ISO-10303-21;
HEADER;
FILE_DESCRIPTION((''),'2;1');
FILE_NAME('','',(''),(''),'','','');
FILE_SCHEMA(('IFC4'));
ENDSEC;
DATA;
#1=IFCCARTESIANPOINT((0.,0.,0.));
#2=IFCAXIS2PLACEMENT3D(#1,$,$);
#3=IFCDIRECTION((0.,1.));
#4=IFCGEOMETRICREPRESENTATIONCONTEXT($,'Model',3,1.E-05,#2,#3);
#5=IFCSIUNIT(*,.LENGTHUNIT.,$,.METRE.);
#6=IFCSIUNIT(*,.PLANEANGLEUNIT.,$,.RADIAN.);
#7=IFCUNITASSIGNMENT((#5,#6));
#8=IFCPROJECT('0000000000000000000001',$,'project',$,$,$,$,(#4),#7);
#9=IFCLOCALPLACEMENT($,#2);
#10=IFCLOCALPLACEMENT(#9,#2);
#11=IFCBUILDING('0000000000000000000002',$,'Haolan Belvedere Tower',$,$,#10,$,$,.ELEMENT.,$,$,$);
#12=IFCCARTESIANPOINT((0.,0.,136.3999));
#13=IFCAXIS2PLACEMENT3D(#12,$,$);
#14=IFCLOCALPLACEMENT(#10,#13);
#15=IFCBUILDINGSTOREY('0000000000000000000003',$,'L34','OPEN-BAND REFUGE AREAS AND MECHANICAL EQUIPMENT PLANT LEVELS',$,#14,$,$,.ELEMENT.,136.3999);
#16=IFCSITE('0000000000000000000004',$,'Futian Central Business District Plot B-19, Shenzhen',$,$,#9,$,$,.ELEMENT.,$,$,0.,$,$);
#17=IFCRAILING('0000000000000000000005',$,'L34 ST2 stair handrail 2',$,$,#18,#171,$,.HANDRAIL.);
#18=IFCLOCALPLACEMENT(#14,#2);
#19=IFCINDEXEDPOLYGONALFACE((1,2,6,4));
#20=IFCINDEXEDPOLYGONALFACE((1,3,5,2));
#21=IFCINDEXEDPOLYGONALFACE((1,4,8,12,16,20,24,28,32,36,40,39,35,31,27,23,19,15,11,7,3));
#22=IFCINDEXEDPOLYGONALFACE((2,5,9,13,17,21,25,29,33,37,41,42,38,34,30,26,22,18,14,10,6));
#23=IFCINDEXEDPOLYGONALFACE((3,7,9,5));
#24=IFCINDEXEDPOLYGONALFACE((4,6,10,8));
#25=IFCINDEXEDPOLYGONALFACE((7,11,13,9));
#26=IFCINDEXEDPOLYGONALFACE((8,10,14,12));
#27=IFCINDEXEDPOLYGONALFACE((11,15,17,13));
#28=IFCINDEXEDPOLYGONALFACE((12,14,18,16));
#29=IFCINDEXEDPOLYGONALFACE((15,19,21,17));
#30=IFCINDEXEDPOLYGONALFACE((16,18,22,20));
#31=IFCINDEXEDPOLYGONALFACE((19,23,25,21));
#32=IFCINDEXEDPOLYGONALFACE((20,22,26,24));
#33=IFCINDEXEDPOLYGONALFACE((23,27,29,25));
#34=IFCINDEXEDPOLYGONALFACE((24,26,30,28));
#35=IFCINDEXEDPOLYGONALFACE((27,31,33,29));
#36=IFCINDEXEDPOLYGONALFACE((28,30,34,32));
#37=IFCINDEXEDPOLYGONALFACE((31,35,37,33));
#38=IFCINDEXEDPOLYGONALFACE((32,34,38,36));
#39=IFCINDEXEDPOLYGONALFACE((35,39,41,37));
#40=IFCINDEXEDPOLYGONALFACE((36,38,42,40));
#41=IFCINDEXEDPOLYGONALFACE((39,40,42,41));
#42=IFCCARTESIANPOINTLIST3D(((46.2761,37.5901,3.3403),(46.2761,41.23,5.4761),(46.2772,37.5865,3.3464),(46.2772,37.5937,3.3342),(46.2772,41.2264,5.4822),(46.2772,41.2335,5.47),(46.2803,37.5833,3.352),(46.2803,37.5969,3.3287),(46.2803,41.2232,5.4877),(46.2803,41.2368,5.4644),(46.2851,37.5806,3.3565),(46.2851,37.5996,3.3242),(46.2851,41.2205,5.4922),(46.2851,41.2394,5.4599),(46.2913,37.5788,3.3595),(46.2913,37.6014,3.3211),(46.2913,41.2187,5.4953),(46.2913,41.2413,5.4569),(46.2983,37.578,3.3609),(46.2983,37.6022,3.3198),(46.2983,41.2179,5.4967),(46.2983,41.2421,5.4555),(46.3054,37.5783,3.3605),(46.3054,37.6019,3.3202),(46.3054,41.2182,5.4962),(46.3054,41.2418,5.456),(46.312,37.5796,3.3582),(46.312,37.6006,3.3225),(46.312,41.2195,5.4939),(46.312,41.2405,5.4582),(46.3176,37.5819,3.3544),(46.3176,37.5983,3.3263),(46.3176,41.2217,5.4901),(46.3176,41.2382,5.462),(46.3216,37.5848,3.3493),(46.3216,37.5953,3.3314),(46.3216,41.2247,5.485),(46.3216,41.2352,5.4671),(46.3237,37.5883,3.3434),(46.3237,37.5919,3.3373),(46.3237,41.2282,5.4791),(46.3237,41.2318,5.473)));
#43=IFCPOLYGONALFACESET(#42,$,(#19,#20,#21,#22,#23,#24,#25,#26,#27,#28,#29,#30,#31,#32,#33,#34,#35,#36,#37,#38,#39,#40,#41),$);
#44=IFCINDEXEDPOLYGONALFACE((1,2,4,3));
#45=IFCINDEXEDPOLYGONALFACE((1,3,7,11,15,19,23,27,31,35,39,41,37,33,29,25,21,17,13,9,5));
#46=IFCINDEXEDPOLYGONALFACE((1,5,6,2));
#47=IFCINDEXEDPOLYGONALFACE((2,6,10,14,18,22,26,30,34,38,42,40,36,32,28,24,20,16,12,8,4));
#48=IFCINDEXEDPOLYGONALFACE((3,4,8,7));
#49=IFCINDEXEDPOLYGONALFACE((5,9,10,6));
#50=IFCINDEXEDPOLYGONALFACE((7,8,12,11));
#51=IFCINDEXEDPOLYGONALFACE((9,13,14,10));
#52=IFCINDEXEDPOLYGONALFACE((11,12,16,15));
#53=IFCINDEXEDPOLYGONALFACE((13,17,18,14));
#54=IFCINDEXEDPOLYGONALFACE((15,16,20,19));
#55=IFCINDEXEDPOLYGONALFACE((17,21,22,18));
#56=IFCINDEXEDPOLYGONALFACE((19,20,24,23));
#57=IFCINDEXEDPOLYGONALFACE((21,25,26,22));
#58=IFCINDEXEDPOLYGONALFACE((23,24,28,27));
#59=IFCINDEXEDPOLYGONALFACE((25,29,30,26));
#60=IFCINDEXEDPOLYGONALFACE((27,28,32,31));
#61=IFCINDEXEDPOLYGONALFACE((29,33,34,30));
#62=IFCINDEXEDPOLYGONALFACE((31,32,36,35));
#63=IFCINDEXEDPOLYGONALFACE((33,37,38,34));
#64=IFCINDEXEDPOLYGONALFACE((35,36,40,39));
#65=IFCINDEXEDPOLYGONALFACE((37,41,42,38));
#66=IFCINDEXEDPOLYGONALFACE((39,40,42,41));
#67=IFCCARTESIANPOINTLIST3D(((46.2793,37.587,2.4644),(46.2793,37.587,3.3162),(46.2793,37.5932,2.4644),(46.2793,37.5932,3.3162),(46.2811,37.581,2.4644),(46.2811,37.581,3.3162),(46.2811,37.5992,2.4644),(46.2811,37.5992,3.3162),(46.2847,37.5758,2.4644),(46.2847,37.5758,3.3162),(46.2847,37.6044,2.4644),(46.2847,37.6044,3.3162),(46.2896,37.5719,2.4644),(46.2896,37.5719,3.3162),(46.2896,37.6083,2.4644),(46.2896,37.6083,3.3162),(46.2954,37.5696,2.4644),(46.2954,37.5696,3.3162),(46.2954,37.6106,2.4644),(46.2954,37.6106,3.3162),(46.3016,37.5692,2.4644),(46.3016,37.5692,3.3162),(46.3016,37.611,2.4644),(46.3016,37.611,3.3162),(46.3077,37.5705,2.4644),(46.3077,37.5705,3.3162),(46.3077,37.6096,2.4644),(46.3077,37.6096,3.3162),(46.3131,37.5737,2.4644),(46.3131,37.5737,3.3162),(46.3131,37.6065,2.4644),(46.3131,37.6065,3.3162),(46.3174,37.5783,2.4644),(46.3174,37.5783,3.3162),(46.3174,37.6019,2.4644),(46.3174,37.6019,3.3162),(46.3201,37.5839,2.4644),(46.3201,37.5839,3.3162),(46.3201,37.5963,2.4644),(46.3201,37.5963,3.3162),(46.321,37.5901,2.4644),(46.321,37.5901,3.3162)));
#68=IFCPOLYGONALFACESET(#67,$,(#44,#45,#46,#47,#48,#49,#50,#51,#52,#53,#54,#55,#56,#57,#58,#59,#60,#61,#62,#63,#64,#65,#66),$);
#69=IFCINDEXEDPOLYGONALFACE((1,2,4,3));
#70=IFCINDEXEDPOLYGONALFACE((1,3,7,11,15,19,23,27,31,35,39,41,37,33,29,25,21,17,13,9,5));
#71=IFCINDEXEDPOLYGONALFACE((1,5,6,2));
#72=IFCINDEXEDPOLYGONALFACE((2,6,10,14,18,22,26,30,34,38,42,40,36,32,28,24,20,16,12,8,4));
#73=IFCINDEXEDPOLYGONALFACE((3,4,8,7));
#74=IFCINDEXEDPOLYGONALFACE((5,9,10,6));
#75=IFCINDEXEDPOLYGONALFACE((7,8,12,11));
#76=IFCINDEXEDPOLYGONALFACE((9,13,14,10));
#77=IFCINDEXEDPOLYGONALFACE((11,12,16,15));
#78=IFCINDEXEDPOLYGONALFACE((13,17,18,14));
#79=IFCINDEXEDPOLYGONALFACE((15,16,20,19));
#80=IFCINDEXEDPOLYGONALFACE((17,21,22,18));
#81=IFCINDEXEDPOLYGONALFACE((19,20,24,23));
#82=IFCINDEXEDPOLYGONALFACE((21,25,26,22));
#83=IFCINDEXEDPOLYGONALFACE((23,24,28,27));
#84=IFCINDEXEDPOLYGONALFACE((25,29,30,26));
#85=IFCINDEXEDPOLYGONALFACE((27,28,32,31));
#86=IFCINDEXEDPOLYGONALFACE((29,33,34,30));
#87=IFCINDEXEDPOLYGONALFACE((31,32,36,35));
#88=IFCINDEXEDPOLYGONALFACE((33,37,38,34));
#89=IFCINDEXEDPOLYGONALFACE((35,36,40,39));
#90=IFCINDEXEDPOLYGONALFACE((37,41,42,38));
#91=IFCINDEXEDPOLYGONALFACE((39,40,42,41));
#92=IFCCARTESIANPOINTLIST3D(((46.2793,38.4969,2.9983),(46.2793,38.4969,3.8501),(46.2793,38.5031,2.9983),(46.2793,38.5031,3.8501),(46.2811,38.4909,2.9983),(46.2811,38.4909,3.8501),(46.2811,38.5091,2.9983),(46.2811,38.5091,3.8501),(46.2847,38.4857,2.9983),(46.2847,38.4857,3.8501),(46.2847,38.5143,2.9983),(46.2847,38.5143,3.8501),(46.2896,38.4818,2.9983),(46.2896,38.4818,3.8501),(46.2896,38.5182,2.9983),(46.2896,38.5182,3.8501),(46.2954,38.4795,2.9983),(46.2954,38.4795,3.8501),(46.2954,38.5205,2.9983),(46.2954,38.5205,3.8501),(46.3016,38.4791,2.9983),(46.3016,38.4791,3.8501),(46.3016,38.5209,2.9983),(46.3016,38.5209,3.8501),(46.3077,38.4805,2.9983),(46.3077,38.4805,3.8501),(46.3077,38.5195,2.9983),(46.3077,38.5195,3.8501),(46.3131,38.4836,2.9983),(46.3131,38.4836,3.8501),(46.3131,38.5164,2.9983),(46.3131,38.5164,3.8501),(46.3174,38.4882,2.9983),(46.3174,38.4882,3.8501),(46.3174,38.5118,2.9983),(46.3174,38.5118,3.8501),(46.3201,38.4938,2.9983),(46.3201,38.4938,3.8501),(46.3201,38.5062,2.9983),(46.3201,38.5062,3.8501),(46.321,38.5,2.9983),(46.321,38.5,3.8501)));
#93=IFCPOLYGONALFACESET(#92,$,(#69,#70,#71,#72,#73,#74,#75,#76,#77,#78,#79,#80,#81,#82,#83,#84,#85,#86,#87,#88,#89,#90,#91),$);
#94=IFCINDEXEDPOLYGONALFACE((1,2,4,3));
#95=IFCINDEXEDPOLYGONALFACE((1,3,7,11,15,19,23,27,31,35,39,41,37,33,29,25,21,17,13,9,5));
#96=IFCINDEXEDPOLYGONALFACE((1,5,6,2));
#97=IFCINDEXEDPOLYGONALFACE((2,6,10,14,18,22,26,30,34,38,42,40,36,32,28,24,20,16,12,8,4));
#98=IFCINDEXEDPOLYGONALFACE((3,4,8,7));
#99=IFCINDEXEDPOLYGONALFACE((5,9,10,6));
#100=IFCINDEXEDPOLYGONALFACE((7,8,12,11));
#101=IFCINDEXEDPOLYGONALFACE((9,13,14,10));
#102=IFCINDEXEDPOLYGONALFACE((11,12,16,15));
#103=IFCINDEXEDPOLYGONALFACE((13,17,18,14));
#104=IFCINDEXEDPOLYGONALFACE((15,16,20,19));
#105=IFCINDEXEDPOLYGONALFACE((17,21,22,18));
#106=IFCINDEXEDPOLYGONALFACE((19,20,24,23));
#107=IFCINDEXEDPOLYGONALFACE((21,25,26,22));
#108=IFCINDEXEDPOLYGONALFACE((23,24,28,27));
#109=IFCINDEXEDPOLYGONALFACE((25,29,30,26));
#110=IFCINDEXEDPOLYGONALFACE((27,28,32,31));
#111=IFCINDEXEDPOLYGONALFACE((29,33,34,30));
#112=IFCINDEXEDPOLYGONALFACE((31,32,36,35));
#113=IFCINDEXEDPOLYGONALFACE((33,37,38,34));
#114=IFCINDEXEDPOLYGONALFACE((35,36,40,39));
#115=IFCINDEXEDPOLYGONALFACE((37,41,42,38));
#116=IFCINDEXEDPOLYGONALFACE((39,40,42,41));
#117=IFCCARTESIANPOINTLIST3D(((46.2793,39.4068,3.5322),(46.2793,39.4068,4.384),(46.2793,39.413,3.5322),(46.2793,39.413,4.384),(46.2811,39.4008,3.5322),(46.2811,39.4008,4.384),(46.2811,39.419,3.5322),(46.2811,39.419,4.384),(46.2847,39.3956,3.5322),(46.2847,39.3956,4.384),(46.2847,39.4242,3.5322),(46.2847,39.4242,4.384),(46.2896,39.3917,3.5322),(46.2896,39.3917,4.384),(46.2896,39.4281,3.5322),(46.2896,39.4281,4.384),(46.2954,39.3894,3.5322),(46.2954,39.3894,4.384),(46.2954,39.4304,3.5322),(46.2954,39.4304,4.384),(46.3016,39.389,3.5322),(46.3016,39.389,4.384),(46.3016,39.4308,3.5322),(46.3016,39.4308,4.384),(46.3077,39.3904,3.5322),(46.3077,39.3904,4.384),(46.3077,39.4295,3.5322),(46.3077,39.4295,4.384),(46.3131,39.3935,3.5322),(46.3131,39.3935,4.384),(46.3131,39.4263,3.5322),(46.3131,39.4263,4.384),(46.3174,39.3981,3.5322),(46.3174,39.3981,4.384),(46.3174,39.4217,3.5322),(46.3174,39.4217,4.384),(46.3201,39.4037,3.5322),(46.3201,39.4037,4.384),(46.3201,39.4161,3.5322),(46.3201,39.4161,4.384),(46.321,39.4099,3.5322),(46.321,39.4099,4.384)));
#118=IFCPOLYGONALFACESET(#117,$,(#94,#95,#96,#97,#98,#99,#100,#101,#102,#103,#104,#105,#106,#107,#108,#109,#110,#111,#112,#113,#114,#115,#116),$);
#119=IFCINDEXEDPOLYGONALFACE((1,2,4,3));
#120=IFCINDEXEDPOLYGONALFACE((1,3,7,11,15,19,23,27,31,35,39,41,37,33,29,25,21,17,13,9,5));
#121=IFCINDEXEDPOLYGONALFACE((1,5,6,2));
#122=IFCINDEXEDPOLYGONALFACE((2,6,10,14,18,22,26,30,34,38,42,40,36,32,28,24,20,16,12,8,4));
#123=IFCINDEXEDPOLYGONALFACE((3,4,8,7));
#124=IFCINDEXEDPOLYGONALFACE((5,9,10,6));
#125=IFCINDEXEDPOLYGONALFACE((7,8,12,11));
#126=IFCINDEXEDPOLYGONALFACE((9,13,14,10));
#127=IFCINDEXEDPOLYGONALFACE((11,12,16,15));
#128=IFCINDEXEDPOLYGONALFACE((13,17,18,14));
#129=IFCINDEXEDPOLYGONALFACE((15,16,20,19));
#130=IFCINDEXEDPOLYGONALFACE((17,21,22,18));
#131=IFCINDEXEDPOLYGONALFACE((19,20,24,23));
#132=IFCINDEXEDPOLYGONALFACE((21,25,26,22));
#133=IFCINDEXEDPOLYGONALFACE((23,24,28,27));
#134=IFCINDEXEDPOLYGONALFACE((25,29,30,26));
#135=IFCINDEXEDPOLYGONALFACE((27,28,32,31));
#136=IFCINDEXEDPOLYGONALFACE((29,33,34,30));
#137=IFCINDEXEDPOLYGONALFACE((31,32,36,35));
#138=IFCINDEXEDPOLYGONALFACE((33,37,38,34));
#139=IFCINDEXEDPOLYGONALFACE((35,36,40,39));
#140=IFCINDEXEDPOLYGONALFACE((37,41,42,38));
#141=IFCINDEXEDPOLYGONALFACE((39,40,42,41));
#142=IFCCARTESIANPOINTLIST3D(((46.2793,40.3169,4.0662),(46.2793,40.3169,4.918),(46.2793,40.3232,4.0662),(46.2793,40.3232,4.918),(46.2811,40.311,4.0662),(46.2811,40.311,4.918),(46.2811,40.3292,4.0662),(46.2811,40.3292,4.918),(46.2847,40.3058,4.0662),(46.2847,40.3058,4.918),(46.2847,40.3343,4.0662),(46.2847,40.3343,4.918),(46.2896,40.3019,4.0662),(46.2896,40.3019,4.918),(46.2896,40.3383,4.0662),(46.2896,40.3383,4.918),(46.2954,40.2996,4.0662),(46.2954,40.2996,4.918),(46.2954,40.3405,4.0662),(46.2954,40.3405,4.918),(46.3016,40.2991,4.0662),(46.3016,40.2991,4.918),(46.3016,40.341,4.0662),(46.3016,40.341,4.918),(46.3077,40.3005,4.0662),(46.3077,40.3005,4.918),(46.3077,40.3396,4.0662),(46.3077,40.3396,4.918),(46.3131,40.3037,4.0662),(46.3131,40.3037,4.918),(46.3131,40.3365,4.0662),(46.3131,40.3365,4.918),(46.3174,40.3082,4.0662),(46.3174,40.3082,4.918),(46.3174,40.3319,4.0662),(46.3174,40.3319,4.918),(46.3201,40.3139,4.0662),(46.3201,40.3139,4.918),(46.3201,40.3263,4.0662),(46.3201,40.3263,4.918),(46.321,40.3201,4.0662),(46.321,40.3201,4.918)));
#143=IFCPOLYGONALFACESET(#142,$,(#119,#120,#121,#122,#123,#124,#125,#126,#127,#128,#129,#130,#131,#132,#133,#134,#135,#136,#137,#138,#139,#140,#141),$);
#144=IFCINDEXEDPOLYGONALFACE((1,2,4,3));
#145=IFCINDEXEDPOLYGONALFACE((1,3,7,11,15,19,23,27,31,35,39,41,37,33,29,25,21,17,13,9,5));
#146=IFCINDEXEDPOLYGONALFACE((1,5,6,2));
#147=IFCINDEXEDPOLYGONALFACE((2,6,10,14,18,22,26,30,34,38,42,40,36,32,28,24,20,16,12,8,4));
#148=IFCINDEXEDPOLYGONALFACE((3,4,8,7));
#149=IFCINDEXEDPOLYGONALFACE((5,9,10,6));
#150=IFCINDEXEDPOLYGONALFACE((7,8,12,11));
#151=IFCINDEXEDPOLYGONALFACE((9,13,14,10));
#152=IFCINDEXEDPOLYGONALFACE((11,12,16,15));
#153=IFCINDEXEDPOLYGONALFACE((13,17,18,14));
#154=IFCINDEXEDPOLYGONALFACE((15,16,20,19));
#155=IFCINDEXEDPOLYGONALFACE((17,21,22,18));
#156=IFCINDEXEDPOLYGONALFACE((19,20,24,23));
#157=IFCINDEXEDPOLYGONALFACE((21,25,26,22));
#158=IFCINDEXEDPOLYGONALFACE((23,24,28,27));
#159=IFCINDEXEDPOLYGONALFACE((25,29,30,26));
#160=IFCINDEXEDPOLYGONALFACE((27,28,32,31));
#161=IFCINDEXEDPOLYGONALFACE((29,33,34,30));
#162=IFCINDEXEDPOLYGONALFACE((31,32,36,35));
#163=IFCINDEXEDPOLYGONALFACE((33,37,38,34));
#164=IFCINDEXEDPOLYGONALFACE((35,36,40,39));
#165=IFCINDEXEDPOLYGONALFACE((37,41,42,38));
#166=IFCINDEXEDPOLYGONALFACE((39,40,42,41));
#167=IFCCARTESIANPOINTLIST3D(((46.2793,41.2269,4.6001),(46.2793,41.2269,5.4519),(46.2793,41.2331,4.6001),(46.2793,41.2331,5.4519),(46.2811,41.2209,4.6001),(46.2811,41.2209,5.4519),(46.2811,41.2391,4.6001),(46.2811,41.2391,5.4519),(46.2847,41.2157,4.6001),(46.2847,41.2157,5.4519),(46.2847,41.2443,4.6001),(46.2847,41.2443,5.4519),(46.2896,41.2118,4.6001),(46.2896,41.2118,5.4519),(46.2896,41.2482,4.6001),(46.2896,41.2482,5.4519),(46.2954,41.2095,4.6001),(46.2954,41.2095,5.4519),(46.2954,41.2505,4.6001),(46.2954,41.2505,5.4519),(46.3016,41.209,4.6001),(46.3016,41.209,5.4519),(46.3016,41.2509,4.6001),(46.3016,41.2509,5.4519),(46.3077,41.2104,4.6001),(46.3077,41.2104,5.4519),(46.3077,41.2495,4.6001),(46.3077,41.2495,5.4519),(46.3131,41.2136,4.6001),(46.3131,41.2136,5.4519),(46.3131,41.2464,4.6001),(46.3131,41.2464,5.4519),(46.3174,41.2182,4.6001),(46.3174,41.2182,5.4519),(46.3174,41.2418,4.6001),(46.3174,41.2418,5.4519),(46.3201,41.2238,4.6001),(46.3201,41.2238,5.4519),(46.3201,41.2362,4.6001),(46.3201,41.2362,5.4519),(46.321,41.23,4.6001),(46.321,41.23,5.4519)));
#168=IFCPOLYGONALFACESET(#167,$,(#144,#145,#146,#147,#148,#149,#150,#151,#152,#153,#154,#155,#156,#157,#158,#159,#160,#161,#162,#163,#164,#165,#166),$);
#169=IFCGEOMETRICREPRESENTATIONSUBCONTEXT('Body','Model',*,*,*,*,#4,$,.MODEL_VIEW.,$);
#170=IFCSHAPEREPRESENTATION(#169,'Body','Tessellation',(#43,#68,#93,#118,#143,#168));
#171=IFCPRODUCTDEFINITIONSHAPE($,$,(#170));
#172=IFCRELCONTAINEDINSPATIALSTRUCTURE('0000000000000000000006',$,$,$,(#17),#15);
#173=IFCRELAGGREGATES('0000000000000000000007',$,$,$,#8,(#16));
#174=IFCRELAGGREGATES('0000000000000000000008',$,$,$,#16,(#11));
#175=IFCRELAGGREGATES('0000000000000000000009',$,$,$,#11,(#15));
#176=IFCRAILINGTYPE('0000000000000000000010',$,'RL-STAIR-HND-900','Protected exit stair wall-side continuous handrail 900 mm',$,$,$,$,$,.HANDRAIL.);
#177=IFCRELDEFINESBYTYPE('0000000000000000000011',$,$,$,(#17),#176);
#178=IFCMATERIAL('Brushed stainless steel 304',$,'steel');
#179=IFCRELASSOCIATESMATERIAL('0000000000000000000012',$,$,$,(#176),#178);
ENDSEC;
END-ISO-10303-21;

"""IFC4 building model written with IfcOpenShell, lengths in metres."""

from ifc_helpers import new_model, si_unit, direction, frame, origin, origin_2d, place, context, subcontext, project, spatial, circle, extrude, material, type_object, element, save


model = new_model("IFC4")

# Units and contexts
model_context = context("Model", 3, precision=1e-05, world=origin(), true_north=direction((0.0, 1.0)))
body_context = subcontext(model_context, "Body", "Model", "MODEL_VIEW")
ifc_project = project(units=[si_unit("LENGTHUNIT", "METRE"), si_unit("PLANEANGLEUNIT", "RADIAN")], contexts=[model_context])

# Site, building, storey
site_placement = place(None, origin())
site = spatial("IfcSite", under=ifc_project, at=site_placement, Name="Futian Central Business District Plot B-19, Shenzhen", CompositionType="ELEMENT", RefElevation=0.0)
building_placement = place(site_placement, origin())
building = spatial("IfcBuilding", under=site, at=building_placement, Name="Haolan Belvedere Tower", CompositionType="ELEMENT")
storey_placement = place(building_placement, frame((0.0, 0.0, 136.3999)))
storey = spatial("IfcBuildingStorey", under=building, at=storey_placement, Name="L34", Description="OPEN-BAND REFUGE AREAS AND MECHANICAL EQUIPMENT PLANT LEVELS", CompositionType="ELEMENT", Elevation=136.3999)

# Railing
ifc_material_1 = material(Name="Brushed stainless steel 304", Category="steel")
railing_type_1 = type_object("IfcRailingType", Name="RL-STAIR-HND-900", Description="Protected exit stair wall-side continuous handrail 900 mm", PredefinedType="HANDRAIL", material=ifc_material_1)
railing_1_placement = place(storey_placement, frame((46.3, 37.5901, 2.4644)))
element("IfcRailing", 1, at=railing_1_placement, inside=storey, type_object=railing_type_1, Name="L34 ST2 stair handrail 2", PredefinedType="HANDRAIL", context=body_context, shape_type="SweptSolid", body=[
    extrude(circle(Radius=0.0239, at=origin_2d()), frame((0.0, 0.0, 0.876), z_axis=(0.0, 0.86249, 0.506074), x_axis=(-1.0, 0.0, 0.0)), (0.0, 0.0, 1.0), 4.2202),
    extrude(circle(Radius=0.021, at=origin_2d()), origin(), (0.0, 0.0, 1.0), 0.8518),
    extrude(circle(Radius=0.021, at=origin_2d()), frame((0.0, 0.9099, 0.5339)), (0.0, 0.0, 1.0), 0.8518),
    extrude(circle(Radius=0.021, at=origin_2d()), frame((0.0, 1.8198, 1.0679)), (0.0, 0.0, 1.0), 0.8518),
    extrude(circle(Radius=0.021, at=origin_2d()), frame((0.0, 2.73, 1.6018)), (0.0, 0.0, 1.0), 0.8518),
    extrude(circle(Radius=0.021, at=origin_2d()), frame((0.0, 3.6399, 2.1357)), (0.0, 0.0, 1.0), 0.8518),
])

save(model, "model.ifc")
